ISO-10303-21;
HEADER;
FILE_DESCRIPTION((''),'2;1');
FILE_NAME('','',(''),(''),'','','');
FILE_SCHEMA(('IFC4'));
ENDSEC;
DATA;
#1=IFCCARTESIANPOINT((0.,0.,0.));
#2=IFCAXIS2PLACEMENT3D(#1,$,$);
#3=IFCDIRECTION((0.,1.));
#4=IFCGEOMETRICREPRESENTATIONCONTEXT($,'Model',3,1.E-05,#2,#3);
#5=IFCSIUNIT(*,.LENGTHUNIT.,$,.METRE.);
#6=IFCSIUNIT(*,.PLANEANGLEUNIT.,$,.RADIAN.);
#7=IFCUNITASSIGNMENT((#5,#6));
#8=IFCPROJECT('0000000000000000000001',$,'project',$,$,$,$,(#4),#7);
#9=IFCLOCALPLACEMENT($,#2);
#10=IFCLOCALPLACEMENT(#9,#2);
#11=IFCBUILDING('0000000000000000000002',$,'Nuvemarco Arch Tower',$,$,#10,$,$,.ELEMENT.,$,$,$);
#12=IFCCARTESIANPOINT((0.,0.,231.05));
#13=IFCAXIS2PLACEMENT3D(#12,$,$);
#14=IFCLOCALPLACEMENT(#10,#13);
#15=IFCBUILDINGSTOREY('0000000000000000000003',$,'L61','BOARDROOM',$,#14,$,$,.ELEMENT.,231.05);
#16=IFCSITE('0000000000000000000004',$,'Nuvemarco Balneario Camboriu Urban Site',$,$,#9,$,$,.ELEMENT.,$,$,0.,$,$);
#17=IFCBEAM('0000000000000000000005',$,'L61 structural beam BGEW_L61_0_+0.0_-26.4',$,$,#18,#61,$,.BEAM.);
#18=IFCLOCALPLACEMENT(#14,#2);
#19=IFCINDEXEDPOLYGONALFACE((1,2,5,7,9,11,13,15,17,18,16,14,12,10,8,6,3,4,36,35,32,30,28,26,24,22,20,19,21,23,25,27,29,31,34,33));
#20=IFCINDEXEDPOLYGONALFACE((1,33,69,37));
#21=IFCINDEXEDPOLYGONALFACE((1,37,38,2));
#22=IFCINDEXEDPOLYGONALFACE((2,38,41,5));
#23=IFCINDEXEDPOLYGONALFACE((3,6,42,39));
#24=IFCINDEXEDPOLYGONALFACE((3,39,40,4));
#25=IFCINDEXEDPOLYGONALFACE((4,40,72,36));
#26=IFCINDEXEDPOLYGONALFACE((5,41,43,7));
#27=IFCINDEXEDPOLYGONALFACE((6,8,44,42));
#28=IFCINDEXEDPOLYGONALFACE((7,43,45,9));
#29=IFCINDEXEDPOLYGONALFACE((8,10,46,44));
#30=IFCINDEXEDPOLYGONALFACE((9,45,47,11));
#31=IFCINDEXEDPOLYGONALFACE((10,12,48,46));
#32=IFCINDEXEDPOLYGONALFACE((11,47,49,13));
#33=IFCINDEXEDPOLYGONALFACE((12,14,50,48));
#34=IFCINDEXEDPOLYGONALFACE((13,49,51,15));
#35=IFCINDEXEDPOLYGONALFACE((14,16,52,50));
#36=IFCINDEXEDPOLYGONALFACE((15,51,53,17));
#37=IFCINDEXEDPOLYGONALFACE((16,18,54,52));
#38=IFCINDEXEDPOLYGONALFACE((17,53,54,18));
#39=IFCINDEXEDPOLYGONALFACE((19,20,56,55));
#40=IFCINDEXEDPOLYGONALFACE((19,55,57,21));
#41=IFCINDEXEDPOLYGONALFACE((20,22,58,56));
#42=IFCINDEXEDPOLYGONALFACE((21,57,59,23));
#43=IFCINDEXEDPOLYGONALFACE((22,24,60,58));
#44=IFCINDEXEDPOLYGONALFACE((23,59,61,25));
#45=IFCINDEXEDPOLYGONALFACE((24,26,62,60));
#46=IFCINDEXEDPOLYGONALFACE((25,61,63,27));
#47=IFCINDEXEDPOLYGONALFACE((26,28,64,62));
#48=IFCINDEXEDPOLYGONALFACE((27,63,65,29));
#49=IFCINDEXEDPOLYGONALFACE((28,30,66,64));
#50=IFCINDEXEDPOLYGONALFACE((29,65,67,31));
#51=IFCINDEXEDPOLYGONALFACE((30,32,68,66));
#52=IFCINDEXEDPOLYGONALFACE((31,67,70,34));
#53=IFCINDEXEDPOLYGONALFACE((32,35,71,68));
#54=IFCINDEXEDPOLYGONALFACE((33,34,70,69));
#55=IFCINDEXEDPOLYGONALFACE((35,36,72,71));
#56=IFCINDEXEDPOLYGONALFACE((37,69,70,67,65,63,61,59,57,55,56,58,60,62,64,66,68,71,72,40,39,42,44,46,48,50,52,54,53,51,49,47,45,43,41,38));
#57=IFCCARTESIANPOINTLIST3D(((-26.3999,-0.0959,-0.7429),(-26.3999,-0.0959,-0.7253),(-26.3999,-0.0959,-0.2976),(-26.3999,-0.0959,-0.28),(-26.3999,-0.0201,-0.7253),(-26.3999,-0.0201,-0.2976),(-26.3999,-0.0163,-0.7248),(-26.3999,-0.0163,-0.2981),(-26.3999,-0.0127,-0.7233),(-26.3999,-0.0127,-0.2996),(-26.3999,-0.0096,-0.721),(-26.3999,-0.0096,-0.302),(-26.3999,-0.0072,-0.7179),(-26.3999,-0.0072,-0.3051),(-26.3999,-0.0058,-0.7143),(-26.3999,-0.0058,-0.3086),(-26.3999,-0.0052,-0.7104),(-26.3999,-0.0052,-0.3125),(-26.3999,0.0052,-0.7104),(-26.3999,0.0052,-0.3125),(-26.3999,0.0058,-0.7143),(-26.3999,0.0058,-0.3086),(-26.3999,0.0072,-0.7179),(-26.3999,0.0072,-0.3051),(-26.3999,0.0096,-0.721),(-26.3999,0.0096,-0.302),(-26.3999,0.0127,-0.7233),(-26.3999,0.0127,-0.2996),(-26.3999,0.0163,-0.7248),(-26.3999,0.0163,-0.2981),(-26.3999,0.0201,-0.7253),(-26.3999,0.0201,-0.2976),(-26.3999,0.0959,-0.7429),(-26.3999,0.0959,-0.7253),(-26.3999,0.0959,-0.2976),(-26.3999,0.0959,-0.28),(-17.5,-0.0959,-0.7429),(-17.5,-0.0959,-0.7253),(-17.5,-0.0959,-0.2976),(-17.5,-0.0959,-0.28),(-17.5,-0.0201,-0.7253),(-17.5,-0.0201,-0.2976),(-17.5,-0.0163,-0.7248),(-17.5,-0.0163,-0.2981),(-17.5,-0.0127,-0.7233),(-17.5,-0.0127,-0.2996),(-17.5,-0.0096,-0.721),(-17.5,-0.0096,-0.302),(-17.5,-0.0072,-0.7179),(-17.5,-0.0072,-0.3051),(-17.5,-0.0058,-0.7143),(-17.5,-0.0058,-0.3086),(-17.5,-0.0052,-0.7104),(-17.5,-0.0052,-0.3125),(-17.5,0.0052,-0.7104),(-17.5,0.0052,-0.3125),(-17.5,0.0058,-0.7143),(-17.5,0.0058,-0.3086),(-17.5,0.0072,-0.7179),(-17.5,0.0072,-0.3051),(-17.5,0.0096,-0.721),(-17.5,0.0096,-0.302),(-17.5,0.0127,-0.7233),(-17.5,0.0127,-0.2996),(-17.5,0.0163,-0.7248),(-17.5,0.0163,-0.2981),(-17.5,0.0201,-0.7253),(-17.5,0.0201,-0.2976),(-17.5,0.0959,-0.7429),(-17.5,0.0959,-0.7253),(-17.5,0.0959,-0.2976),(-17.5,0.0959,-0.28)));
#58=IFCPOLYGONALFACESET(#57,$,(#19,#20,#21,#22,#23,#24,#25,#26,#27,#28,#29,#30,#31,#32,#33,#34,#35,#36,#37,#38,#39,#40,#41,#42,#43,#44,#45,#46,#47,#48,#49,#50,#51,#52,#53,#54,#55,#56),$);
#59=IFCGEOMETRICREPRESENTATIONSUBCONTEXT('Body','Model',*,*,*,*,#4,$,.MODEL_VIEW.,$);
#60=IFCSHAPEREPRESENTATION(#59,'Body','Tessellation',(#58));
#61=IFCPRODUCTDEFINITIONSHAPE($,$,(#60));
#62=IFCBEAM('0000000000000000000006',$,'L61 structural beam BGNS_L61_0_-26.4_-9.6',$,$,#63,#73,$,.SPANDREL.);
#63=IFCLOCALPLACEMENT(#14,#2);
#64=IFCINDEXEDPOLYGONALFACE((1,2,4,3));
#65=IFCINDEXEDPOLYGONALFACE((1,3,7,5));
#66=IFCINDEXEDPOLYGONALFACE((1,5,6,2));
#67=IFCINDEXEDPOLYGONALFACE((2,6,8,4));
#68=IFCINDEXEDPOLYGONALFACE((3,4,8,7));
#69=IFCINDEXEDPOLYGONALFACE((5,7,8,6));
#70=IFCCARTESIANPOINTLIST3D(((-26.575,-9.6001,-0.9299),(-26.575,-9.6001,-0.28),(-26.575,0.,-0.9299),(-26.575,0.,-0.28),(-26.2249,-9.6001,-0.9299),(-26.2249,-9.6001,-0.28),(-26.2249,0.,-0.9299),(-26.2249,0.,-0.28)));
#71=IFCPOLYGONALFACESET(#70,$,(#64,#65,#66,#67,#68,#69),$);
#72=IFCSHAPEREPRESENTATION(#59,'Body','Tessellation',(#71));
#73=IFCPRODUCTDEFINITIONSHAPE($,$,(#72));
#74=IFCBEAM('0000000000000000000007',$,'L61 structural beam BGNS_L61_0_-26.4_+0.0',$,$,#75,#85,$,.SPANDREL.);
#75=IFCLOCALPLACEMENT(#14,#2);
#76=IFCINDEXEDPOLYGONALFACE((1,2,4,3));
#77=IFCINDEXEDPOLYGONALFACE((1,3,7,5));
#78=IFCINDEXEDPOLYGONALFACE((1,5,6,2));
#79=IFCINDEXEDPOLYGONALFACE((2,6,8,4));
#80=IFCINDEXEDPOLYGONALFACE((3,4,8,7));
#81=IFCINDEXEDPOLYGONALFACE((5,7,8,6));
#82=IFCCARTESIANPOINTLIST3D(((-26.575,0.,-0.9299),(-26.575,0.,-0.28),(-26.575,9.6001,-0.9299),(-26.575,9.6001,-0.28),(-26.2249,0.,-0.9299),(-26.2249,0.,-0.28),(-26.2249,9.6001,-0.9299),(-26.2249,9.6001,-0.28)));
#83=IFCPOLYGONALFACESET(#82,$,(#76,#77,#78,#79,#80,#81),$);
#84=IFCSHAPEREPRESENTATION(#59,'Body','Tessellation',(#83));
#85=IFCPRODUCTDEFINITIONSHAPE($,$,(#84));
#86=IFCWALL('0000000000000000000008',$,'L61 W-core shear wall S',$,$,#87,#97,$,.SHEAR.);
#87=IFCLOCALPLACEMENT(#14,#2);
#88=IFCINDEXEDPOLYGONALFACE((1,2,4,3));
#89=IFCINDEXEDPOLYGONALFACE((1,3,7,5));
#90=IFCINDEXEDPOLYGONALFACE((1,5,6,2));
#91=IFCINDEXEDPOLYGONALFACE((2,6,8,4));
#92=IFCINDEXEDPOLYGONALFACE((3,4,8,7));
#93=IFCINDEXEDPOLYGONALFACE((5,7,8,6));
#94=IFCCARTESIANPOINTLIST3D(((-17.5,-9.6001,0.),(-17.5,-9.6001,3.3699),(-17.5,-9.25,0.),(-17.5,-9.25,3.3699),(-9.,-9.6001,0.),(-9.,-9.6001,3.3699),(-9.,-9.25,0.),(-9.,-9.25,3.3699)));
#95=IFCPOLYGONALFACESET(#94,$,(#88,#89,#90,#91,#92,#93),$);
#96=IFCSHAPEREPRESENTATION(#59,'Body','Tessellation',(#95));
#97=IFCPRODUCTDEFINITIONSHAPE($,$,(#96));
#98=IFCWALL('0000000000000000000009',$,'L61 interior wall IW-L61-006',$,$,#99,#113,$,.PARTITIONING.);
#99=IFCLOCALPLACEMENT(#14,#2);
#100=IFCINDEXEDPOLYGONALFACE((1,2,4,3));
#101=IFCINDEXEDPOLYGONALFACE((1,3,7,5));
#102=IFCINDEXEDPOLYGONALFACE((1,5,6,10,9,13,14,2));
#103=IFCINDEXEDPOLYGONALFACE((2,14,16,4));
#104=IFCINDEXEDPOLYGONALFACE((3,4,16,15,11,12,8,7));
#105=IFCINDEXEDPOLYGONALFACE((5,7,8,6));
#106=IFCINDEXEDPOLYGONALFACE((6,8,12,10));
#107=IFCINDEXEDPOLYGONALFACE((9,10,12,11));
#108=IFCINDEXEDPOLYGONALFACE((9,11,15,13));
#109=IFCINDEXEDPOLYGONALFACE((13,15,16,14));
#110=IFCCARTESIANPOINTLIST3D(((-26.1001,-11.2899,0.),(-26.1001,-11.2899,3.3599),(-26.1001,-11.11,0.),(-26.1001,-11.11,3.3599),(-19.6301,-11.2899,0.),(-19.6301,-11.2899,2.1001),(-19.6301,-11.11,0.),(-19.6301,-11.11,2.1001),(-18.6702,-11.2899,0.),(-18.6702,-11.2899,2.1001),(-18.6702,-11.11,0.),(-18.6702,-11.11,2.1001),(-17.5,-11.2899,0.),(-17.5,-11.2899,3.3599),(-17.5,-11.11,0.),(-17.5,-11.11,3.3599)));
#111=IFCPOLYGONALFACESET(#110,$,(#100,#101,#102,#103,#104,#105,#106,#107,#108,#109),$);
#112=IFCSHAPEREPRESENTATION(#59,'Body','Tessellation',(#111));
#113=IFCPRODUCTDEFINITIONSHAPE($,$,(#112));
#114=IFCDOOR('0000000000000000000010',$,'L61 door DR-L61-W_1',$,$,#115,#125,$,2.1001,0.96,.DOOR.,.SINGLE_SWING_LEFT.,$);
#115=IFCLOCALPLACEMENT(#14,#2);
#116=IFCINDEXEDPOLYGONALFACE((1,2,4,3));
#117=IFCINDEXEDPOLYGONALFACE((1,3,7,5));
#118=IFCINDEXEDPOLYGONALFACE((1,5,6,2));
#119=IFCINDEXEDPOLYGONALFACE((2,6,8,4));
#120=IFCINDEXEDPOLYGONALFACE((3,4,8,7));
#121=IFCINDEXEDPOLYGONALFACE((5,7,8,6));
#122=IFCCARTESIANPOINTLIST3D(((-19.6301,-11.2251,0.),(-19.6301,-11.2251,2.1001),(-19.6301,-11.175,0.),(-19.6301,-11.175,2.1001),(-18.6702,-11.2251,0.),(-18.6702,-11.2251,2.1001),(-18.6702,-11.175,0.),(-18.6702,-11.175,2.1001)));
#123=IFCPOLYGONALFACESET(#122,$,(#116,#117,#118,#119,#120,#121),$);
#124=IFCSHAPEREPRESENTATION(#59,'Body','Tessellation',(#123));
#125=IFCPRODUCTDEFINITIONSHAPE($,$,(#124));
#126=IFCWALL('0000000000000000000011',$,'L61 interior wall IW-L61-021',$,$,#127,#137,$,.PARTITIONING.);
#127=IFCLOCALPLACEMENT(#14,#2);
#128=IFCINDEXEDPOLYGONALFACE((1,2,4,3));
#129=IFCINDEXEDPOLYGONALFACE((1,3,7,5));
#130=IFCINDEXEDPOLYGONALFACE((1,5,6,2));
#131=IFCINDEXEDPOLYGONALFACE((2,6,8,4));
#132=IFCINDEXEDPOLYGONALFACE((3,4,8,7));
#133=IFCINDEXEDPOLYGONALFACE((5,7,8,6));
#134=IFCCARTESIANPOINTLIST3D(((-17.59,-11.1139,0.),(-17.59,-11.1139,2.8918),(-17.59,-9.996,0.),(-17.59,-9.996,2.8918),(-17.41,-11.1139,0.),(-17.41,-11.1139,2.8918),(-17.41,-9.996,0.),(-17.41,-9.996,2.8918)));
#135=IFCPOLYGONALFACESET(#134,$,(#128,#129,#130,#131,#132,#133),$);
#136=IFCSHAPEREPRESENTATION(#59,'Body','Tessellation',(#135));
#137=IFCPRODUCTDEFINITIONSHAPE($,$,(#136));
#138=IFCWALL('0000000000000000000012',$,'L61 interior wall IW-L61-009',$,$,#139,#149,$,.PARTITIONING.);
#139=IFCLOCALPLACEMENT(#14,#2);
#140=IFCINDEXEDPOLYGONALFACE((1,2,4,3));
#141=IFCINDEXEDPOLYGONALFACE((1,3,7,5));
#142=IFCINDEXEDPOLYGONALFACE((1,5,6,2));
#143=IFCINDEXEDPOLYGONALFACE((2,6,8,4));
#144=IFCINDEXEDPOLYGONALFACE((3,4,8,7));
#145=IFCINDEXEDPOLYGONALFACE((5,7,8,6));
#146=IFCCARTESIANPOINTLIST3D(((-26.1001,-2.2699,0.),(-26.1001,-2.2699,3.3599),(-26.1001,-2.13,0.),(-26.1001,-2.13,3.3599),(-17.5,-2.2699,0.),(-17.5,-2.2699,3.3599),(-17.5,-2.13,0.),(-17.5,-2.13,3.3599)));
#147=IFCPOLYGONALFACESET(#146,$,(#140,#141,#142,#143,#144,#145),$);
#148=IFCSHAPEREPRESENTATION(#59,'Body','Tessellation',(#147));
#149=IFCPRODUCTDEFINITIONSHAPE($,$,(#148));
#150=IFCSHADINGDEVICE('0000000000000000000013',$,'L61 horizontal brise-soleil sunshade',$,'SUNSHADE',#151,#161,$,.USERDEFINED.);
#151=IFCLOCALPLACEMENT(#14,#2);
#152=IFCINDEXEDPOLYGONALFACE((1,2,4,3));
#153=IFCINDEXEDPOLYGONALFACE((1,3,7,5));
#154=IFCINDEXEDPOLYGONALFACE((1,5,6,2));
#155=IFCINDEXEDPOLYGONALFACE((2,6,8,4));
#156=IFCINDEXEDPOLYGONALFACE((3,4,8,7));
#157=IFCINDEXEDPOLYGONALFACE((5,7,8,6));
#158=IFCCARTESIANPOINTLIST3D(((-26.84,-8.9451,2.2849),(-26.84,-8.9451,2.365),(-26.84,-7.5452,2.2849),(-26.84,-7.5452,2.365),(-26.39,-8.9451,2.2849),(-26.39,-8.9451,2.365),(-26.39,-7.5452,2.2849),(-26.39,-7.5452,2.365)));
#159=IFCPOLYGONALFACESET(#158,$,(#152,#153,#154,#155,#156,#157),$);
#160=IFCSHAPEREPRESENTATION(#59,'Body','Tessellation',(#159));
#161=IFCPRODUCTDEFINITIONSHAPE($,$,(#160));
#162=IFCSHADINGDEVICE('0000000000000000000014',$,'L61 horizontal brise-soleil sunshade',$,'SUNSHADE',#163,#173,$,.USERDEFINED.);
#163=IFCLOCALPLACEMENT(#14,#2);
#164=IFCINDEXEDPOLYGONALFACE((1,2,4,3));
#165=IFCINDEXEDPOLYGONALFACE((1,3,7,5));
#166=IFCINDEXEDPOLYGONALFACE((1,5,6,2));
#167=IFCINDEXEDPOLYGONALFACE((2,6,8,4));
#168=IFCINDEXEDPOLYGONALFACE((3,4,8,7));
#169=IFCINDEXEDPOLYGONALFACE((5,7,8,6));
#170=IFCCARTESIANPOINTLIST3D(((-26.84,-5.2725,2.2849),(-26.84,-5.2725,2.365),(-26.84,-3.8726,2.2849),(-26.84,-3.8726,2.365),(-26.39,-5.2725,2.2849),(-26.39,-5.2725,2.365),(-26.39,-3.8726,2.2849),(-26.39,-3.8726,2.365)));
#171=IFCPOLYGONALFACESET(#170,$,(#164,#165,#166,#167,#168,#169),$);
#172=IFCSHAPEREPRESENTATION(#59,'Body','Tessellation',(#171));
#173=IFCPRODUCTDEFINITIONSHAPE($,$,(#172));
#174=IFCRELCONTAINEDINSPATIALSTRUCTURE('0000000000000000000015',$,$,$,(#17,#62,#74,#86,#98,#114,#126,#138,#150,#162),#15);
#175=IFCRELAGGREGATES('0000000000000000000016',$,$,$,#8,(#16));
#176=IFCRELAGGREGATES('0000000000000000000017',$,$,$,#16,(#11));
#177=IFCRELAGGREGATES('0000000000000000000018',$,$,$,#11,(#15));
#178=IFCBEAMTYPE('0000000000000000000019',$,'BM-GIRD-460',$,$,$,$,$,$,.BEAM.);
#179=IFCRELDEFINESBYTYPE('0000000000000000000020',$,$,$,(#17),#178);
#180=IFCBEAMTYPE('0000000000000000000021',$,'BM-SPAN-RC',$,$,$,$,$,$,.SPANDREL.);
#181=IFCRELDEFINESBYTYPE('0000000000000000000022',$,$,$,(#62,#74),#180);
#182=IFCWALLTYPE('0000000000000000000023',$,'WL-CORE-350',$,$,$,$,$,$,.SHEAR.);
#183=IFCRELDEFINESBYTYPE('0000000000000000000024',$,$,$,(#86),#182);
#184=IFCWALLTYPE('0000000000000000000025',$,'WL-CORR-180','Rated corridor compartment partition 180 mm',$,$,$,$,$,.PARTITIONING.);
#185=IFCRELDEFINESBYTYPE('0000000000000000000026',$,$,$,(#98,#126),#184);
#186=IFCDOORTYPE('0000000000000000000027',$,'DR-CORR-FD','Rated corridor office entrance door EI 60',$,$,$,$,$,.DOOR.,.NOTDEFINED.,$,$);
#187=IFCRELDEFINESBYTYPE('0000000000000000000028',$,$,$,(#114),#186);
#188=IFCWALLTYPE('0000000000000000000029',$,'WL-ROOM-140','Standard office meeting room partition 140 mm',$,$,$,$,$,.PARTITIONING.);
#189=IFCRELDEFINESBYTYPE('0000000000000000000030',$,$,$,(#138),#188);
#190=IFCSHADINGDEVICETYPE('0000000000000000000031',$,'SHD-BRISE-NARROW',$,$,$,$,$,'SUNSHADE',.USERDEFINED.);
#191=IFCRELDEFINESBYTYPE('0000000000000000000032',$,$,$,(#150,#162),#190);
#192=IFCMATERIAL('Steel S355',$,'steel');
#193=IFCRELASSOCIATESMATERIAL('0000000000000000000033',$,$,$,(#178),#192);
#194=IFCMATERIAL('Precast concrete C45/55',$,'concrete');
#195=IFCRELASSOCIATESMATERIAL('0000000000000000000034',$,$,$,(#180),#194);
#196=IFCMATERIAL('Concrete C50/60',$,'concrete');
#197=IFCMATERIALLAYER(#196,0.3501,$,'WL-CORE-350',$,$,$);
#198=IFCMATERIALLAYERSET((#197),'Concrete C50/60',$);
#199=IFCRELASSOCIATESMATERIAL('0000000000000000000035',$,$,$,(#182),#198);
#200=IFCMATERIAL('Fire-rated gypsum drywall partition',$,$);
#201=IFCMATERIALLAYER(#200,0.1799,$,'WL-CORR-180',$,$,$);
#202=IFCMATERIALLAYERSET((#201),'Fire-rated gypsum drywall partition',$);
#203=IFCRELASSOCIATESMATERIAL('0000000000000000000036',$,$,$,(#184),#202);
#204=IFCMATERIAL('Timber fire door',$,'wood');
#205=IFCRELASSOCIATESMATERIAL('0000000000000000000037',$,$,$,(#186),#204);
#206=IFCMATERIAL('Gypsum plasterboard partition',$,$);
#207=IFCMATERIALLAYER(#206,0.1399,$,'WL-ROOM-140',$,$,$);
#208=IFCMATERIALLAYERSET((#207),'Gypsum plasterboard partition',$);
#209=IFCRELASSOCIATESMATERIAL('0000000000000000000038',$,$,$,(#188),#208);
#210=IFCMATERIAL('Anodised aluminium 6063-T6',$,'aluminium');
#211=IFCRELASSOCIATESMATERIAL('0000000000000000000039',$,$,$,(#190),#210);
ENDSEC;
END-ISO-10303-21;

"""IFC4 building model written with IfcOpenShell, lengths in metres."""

from ifc_helpers import new_model, si_unit, direction, frame, frame_2d, origin, origin_2d, place, context, subcontext, project, spatial, rectangle, i_section, extrude, source, transform, mapped, material, layer, layer_set, material_profile, profile_set, type_object, type_shapes, element, fill, save


model = new_model("IFC4")

# Units and contexts
model_context = context("Model", 3, precision=1e-05, world=origin(), true_north=direction((0.0, 1.0)))
body_context = subcontext(model_context, "Body", "Model", "MODEL_VIEW")
ifc_project = project(units=[si_unit("LENGTHUNIT", "METRE"), si_unit("PLANEANGLEUNIT", "RADIAN")], contexts=[model_context])

# Site, building, storey
site_placement = place(None, origin())
site = spatial("IfcSite", under=ifc_project, at=site_placement, Name="Nuvemarco Balneario Camboriu Urban Site", CompositionType="ELEMENT", RefElevation=0.0)
building_placement = place(site_placement, origin())
building = spatial("IfcBuilding", under=site, at=building_placement, Name="Nuvemarco Arch Tower", CompositionType="ELEMENT")
storey_placement = place(building_placement, frame((0.0, 0.0, 231.05)))
storey = spatial("IfcBuildingStorey", under=building, at=storey_placement, Name="L61", Description="BOARDROOM", CompositionType="ELEMENT", Elevation=231.05)

# Shared definitions
ifc_material_1 = material(Name="Concrete C50/60", Category="concrete")
ifc_material_2 = material(Name="Steel S355", Category="steel")

# Beams
ifc_material_profile_1 = material_profile(ifc_material_2, i_section(OverallWidth=0.1919, OverallDepth=0.4629, WebThickness=0.0105, FlangeThickness=0.0176, FilletRadius=0.0149, at=origin_2d()), Name="W460x89")
ifc_profile_set_1 = profile_set([ifc_material_profile_1], Name="Steel S355")
beam_type_1 = type_object("IfcBeamType", Name="BM-GIRD-460", PredefinedType="BEAM", material=ifc_profile_set_1)
beam_1_placement = place(storey_placement, frame((-26.3999, 0.0, -0.5115), z_axis=(1.0, 0.0, 0.0), x_axis=(0.0, 1.0, 0.0)))
element("IfcBeam", 1, at=beam_1_placement, inside=storey, type_object=beam_type_1, Name="L61 structural beam BGEW_L61_0_+0.0_-26.4", PredefinedType="BEAM", context=body_context, shape_type="SweptSolid", body=[
    extrude(i_section(OverallWidth=0.1919, OverallDepth=0.4629, WebThickness=0.0105, FlangeThickness=0.0176, FilletRadius=0.0149, at=origin_2d()), origin(), (0.0, 0.0, 1.0), 8.8999),
])
ifc_material_3 = material(Name="Precast concrete C45/55", Category="concrete")
ifc_material_profile_2 = material_profile(ifc_material_3, rectangle(XDim=0.3501, YDim=0.6499, at=origin_2d()), Name="PC-SP-350x650")
ifc_profile_set_2 = profile_set([ifc_material_profile_2], Name="Precast concrete C45/55")
beam_type_2 = type_object("IfcBeamType", Name="BM-SPAN-RC", PredefinedType="SPANDREL", material=ifc_profile_set_2)
for number, where, z_axis, x_axis, name in (
    (2, (-26.3999, -9.6001, -0.605), (0.0, 1.0, 0.0), (-1.0, 0.0, 0.0), "L61 structural beam BGNS_L61_0_-26.4_-9.6"),
    (3, (-26.3999, 0.0, -0.605), (0.0, 1.0, 0.0), (-1.0, 0.0, 0.0), "L61 structural beam BGNS_L61_0_-26.4_+0.0"),
):
    element("IfcBeam", number, at=place(storey_placement, frame(where, z_axis=z_axis, x_axis=x_axis)), inside=storey, type_object=beam_type_2, Name=name, PredefinedType="SPANDREL", context=body_context, shape_type="SweptSolid", body=[
        extrude(rectangle(XDim=0.3501, YDim=0.6499, at=origin_2d()), origin(), (0.0, 0.0, 1.0), 9.6001),
    ])

# Wall
ifc_layer_1 = layer(ifc_material_1, 0.3501, Name="WL-CORE-350")
ifc_layer_set_1 = layer_set([ifc_layer_1], Name="Concrete C50/60")
wall_type_1 = type_object("IfcWallType", Name="WL-CORE-350", PredefinedType="SHEAR", material=ifc_layer_set_1)
wall_1_placement = place(storey_placement, frame((-17.5, -9.425, 0.0), z_axis=(0.0, 0.0, 1.0), x_axis=(1.0, 0.0, 0.0)))
element("IfcWall", 4, at=wall_1_placement, inside=storey, type_object=wall_type_1, Name="L61 W-core shear wall S", PredefinedType="SHEAR", context=body_context, shape_type="SweptSolid", body=[
    extrude(rectangle(XDim=8.5, YDim=0.3501, at=frame_2d((4.25, 0.0))), origin(), (0.0, 0.0, 1.0), 3.3699),
])

# Wall, opening, door
ifc_material_4 = material(Name="Fire-rated gypsum drywall partition")
ifc_layer_2 = layer(ifc_material_4, 0.1799, Name="WL-CORR-180")
ifc_layer_set_2 = layer_set([ifc_layer_2], Name="Fire-rated gypsum drywall partition")
wall_type_2 = type_object("IfcWallType", Name="WL-CORR-180", Description="Rated corridor compartment partition 180 mm", PredefinedType="PARTITIONING", material=ifc_layer_set_2)
wall_2_placement = place(storey_placement, frame((-26.1001, -11.2, 0.0), z_axis=(0.0, 0.0, 1.0), x_axis=(1.0, 0.0, 0.0)))
wall_2 = element("IfcWall", 5, at=wall_2_placement, inside=storey, type_object=wall_type_2, Name="L61 interior wall IW-L61-006", PredefinedType="PARTITIONING", context=body_context, shape_type="SweptSolid", body=[
    extrude(rectangle(XDim=8.6001, YDim=0.1799, at=frame_2d((4.3, 0.0))), origin(), (0.0, 0.0, 1.0), 3.3599),
])
opening_placement = place(wall_2_placement, frame((6.47, 0.0, 0.0)))
opening = element("IfcOpeningElement", 6, at=opening_placement, cuts=wall_2, PredefinedType="OPENING", context=body_context, shape_type="SweptSolid", body=[
    extrude(rectangle(XDim=0.96, YDim=2.1001, at=frame_2d((0.48, 1.05))), frame((0.0, 0.0999, 0.0), z_axis=(0.0, -1.0, 0.0), x_axis=(1.0, 0.0, 0.0)), (0.0, 0.0, 1.0), 0.2),
])
ifc_material_5 = material(Name="Timber fire door", Category="wood")
door_type = type_object("IfcDoorType", Name="DR-CORR-FD", Description="Rated corridor office entrance door EI 60", OperationType="NOTDEFINED", PredefinedType="DOOR", material=ifc_material_5)
shared_shape_1 = source(origin(), body_context, "Body", "SweptSolid", [
    extrude(rectangle(XDim=0.96, YDim=2.1001, at=frame_2d((0.48, 1.05))), frame((0.0, 0.0249, 0.0), z_axis=(0.0, -1.0, 0.0), x_axis=(1.0, 0.0, 0.0)), (0.0, 0.0, 1.0), 0.05),
])
type_shapes(door_type, [shared_shape_1])
door_placement = place(opening_placement, origin())
door = element("IfcDoor", 7, at=door_placement, inside=storey, type_object=door_type, Name="L61 door DR-L61-W_1", OperationType="SINGLE_SWING_LEFT", OverallHeight=2.1001, OverallWidth=0.96, PredefinedType="DOOR", context=body_context, shape_type="MappedRepresentation", body=[
    mapped(shared_shape_1, transform((0.0, 0.0, 0.0), scale=1.0)),
])
fill(opening, door)

# Walls
wall_3_placement = place(storey_placement, frame((-17.5, -11.114, 0.0), z_axis=(0.0, 0.0, 1.0), x_axis=(0.0, 1.0, 0.0)))
element("IfcWall", 8, at=wall_3_placement, inside=storey, type_object=wall_type_2, Name="L61 interior wall IW-L61-021", PredefinedType="PARTITIONING", context=body_context, shape_type="SweptSolid", body=[
    extrude(rectangle(XDim=1.1179, YDim=0.1799, at=frame_2d((0.5591, 0.0))), origin(), (0.0, 0.0, 1.0), 2.8918),
])
ifc_material_6 = material(Name="Gypsum plasterboard partition")
ifc_layer_3 = layer(ifc_material_6, 0.1399, Name="WL-ROOM-140")
ifc_layer_set_3 = layer_set([ifc_layer_3], Name="Gypsum plasterboard partition")
wall_type_3 = type_object("IfcWallType", Name="WL-ROOM-140", Description="Standard office meeting room partition 140 mm", PredefinedType="PARTITIONING", material=ifc_layer_set_3)
wall_4_placement = place(storey_placement, frame((-26.1001, -2.2, 0.0), z_axis=(0.0, 0.0, 1.0), x_axis=(1.0, 0.0, 0.0)))
element("IfcWall", 9, at=wall_4_placement, inside=storey, type_object=wall_type_3, Name="L61 interior wall IW-L61-009", PredefinedType="PARTITIONING", context=body_context, shape_type="SweptSolid", body=[
    extrude(rectangle(XDim=8.6001, YDim=0.1399, at=frame_2d((4.3, 0.0))), origin(), (0.0, 0.0, 1.0), 3.3599),
])

# Shading devices
ifc_material_7 = material(Name="Anodised aluminium 6063-T6", Category="aluminium")
shading_device_type = type_object("IfcShadingDeviceType", Name="SHD-BRISE-NARROW", ElementType="SUNSHADE", PredefinedType="USERDEFINED", material=ifc_material_7)
shared_shape_2 = source(origin(), body_context, "Body", "SweptSolid", [
    extrude(rectangle(XDim=1.3999, YDim=0.45, at=origin_2d()), origin(), (0.0, 0.0, 1.0), 0.0801),
])
type_shapes(shading_device_type, [shared_shape_2])
for number, where, z_axis, x_axis, name in (
    (10, (-26.615, -8.2451, 2.2849), (0.0, 0.0, 1.0), (0.0, 1.0, 0.0), "L61 horizontal brise-soleil sunshade"),
    (11, (-26.615, -4.5725, 2.2849), (0.0, 0.0, 1.0), (0.0, 1.0, 0.0), "L61 horizontal brise-soleil sunshade"),
):
    element("IfcShadingDevice", number, at=place(storey_placement, frame(where, z_axis=z_axis, x_axis=x_axis)), inside=storey, type_object=shading_device_type, Name=name, ObjectType="SUNSHADE", PredefinedType="USERDEFINED", context=body_context, shape_type="MappedRepresentation", body=[
        mapped(shared_shape_2, transform((0.0, 0.0, 0.0), scale=1.0)),
    ])

save(model, "model.ifc")
